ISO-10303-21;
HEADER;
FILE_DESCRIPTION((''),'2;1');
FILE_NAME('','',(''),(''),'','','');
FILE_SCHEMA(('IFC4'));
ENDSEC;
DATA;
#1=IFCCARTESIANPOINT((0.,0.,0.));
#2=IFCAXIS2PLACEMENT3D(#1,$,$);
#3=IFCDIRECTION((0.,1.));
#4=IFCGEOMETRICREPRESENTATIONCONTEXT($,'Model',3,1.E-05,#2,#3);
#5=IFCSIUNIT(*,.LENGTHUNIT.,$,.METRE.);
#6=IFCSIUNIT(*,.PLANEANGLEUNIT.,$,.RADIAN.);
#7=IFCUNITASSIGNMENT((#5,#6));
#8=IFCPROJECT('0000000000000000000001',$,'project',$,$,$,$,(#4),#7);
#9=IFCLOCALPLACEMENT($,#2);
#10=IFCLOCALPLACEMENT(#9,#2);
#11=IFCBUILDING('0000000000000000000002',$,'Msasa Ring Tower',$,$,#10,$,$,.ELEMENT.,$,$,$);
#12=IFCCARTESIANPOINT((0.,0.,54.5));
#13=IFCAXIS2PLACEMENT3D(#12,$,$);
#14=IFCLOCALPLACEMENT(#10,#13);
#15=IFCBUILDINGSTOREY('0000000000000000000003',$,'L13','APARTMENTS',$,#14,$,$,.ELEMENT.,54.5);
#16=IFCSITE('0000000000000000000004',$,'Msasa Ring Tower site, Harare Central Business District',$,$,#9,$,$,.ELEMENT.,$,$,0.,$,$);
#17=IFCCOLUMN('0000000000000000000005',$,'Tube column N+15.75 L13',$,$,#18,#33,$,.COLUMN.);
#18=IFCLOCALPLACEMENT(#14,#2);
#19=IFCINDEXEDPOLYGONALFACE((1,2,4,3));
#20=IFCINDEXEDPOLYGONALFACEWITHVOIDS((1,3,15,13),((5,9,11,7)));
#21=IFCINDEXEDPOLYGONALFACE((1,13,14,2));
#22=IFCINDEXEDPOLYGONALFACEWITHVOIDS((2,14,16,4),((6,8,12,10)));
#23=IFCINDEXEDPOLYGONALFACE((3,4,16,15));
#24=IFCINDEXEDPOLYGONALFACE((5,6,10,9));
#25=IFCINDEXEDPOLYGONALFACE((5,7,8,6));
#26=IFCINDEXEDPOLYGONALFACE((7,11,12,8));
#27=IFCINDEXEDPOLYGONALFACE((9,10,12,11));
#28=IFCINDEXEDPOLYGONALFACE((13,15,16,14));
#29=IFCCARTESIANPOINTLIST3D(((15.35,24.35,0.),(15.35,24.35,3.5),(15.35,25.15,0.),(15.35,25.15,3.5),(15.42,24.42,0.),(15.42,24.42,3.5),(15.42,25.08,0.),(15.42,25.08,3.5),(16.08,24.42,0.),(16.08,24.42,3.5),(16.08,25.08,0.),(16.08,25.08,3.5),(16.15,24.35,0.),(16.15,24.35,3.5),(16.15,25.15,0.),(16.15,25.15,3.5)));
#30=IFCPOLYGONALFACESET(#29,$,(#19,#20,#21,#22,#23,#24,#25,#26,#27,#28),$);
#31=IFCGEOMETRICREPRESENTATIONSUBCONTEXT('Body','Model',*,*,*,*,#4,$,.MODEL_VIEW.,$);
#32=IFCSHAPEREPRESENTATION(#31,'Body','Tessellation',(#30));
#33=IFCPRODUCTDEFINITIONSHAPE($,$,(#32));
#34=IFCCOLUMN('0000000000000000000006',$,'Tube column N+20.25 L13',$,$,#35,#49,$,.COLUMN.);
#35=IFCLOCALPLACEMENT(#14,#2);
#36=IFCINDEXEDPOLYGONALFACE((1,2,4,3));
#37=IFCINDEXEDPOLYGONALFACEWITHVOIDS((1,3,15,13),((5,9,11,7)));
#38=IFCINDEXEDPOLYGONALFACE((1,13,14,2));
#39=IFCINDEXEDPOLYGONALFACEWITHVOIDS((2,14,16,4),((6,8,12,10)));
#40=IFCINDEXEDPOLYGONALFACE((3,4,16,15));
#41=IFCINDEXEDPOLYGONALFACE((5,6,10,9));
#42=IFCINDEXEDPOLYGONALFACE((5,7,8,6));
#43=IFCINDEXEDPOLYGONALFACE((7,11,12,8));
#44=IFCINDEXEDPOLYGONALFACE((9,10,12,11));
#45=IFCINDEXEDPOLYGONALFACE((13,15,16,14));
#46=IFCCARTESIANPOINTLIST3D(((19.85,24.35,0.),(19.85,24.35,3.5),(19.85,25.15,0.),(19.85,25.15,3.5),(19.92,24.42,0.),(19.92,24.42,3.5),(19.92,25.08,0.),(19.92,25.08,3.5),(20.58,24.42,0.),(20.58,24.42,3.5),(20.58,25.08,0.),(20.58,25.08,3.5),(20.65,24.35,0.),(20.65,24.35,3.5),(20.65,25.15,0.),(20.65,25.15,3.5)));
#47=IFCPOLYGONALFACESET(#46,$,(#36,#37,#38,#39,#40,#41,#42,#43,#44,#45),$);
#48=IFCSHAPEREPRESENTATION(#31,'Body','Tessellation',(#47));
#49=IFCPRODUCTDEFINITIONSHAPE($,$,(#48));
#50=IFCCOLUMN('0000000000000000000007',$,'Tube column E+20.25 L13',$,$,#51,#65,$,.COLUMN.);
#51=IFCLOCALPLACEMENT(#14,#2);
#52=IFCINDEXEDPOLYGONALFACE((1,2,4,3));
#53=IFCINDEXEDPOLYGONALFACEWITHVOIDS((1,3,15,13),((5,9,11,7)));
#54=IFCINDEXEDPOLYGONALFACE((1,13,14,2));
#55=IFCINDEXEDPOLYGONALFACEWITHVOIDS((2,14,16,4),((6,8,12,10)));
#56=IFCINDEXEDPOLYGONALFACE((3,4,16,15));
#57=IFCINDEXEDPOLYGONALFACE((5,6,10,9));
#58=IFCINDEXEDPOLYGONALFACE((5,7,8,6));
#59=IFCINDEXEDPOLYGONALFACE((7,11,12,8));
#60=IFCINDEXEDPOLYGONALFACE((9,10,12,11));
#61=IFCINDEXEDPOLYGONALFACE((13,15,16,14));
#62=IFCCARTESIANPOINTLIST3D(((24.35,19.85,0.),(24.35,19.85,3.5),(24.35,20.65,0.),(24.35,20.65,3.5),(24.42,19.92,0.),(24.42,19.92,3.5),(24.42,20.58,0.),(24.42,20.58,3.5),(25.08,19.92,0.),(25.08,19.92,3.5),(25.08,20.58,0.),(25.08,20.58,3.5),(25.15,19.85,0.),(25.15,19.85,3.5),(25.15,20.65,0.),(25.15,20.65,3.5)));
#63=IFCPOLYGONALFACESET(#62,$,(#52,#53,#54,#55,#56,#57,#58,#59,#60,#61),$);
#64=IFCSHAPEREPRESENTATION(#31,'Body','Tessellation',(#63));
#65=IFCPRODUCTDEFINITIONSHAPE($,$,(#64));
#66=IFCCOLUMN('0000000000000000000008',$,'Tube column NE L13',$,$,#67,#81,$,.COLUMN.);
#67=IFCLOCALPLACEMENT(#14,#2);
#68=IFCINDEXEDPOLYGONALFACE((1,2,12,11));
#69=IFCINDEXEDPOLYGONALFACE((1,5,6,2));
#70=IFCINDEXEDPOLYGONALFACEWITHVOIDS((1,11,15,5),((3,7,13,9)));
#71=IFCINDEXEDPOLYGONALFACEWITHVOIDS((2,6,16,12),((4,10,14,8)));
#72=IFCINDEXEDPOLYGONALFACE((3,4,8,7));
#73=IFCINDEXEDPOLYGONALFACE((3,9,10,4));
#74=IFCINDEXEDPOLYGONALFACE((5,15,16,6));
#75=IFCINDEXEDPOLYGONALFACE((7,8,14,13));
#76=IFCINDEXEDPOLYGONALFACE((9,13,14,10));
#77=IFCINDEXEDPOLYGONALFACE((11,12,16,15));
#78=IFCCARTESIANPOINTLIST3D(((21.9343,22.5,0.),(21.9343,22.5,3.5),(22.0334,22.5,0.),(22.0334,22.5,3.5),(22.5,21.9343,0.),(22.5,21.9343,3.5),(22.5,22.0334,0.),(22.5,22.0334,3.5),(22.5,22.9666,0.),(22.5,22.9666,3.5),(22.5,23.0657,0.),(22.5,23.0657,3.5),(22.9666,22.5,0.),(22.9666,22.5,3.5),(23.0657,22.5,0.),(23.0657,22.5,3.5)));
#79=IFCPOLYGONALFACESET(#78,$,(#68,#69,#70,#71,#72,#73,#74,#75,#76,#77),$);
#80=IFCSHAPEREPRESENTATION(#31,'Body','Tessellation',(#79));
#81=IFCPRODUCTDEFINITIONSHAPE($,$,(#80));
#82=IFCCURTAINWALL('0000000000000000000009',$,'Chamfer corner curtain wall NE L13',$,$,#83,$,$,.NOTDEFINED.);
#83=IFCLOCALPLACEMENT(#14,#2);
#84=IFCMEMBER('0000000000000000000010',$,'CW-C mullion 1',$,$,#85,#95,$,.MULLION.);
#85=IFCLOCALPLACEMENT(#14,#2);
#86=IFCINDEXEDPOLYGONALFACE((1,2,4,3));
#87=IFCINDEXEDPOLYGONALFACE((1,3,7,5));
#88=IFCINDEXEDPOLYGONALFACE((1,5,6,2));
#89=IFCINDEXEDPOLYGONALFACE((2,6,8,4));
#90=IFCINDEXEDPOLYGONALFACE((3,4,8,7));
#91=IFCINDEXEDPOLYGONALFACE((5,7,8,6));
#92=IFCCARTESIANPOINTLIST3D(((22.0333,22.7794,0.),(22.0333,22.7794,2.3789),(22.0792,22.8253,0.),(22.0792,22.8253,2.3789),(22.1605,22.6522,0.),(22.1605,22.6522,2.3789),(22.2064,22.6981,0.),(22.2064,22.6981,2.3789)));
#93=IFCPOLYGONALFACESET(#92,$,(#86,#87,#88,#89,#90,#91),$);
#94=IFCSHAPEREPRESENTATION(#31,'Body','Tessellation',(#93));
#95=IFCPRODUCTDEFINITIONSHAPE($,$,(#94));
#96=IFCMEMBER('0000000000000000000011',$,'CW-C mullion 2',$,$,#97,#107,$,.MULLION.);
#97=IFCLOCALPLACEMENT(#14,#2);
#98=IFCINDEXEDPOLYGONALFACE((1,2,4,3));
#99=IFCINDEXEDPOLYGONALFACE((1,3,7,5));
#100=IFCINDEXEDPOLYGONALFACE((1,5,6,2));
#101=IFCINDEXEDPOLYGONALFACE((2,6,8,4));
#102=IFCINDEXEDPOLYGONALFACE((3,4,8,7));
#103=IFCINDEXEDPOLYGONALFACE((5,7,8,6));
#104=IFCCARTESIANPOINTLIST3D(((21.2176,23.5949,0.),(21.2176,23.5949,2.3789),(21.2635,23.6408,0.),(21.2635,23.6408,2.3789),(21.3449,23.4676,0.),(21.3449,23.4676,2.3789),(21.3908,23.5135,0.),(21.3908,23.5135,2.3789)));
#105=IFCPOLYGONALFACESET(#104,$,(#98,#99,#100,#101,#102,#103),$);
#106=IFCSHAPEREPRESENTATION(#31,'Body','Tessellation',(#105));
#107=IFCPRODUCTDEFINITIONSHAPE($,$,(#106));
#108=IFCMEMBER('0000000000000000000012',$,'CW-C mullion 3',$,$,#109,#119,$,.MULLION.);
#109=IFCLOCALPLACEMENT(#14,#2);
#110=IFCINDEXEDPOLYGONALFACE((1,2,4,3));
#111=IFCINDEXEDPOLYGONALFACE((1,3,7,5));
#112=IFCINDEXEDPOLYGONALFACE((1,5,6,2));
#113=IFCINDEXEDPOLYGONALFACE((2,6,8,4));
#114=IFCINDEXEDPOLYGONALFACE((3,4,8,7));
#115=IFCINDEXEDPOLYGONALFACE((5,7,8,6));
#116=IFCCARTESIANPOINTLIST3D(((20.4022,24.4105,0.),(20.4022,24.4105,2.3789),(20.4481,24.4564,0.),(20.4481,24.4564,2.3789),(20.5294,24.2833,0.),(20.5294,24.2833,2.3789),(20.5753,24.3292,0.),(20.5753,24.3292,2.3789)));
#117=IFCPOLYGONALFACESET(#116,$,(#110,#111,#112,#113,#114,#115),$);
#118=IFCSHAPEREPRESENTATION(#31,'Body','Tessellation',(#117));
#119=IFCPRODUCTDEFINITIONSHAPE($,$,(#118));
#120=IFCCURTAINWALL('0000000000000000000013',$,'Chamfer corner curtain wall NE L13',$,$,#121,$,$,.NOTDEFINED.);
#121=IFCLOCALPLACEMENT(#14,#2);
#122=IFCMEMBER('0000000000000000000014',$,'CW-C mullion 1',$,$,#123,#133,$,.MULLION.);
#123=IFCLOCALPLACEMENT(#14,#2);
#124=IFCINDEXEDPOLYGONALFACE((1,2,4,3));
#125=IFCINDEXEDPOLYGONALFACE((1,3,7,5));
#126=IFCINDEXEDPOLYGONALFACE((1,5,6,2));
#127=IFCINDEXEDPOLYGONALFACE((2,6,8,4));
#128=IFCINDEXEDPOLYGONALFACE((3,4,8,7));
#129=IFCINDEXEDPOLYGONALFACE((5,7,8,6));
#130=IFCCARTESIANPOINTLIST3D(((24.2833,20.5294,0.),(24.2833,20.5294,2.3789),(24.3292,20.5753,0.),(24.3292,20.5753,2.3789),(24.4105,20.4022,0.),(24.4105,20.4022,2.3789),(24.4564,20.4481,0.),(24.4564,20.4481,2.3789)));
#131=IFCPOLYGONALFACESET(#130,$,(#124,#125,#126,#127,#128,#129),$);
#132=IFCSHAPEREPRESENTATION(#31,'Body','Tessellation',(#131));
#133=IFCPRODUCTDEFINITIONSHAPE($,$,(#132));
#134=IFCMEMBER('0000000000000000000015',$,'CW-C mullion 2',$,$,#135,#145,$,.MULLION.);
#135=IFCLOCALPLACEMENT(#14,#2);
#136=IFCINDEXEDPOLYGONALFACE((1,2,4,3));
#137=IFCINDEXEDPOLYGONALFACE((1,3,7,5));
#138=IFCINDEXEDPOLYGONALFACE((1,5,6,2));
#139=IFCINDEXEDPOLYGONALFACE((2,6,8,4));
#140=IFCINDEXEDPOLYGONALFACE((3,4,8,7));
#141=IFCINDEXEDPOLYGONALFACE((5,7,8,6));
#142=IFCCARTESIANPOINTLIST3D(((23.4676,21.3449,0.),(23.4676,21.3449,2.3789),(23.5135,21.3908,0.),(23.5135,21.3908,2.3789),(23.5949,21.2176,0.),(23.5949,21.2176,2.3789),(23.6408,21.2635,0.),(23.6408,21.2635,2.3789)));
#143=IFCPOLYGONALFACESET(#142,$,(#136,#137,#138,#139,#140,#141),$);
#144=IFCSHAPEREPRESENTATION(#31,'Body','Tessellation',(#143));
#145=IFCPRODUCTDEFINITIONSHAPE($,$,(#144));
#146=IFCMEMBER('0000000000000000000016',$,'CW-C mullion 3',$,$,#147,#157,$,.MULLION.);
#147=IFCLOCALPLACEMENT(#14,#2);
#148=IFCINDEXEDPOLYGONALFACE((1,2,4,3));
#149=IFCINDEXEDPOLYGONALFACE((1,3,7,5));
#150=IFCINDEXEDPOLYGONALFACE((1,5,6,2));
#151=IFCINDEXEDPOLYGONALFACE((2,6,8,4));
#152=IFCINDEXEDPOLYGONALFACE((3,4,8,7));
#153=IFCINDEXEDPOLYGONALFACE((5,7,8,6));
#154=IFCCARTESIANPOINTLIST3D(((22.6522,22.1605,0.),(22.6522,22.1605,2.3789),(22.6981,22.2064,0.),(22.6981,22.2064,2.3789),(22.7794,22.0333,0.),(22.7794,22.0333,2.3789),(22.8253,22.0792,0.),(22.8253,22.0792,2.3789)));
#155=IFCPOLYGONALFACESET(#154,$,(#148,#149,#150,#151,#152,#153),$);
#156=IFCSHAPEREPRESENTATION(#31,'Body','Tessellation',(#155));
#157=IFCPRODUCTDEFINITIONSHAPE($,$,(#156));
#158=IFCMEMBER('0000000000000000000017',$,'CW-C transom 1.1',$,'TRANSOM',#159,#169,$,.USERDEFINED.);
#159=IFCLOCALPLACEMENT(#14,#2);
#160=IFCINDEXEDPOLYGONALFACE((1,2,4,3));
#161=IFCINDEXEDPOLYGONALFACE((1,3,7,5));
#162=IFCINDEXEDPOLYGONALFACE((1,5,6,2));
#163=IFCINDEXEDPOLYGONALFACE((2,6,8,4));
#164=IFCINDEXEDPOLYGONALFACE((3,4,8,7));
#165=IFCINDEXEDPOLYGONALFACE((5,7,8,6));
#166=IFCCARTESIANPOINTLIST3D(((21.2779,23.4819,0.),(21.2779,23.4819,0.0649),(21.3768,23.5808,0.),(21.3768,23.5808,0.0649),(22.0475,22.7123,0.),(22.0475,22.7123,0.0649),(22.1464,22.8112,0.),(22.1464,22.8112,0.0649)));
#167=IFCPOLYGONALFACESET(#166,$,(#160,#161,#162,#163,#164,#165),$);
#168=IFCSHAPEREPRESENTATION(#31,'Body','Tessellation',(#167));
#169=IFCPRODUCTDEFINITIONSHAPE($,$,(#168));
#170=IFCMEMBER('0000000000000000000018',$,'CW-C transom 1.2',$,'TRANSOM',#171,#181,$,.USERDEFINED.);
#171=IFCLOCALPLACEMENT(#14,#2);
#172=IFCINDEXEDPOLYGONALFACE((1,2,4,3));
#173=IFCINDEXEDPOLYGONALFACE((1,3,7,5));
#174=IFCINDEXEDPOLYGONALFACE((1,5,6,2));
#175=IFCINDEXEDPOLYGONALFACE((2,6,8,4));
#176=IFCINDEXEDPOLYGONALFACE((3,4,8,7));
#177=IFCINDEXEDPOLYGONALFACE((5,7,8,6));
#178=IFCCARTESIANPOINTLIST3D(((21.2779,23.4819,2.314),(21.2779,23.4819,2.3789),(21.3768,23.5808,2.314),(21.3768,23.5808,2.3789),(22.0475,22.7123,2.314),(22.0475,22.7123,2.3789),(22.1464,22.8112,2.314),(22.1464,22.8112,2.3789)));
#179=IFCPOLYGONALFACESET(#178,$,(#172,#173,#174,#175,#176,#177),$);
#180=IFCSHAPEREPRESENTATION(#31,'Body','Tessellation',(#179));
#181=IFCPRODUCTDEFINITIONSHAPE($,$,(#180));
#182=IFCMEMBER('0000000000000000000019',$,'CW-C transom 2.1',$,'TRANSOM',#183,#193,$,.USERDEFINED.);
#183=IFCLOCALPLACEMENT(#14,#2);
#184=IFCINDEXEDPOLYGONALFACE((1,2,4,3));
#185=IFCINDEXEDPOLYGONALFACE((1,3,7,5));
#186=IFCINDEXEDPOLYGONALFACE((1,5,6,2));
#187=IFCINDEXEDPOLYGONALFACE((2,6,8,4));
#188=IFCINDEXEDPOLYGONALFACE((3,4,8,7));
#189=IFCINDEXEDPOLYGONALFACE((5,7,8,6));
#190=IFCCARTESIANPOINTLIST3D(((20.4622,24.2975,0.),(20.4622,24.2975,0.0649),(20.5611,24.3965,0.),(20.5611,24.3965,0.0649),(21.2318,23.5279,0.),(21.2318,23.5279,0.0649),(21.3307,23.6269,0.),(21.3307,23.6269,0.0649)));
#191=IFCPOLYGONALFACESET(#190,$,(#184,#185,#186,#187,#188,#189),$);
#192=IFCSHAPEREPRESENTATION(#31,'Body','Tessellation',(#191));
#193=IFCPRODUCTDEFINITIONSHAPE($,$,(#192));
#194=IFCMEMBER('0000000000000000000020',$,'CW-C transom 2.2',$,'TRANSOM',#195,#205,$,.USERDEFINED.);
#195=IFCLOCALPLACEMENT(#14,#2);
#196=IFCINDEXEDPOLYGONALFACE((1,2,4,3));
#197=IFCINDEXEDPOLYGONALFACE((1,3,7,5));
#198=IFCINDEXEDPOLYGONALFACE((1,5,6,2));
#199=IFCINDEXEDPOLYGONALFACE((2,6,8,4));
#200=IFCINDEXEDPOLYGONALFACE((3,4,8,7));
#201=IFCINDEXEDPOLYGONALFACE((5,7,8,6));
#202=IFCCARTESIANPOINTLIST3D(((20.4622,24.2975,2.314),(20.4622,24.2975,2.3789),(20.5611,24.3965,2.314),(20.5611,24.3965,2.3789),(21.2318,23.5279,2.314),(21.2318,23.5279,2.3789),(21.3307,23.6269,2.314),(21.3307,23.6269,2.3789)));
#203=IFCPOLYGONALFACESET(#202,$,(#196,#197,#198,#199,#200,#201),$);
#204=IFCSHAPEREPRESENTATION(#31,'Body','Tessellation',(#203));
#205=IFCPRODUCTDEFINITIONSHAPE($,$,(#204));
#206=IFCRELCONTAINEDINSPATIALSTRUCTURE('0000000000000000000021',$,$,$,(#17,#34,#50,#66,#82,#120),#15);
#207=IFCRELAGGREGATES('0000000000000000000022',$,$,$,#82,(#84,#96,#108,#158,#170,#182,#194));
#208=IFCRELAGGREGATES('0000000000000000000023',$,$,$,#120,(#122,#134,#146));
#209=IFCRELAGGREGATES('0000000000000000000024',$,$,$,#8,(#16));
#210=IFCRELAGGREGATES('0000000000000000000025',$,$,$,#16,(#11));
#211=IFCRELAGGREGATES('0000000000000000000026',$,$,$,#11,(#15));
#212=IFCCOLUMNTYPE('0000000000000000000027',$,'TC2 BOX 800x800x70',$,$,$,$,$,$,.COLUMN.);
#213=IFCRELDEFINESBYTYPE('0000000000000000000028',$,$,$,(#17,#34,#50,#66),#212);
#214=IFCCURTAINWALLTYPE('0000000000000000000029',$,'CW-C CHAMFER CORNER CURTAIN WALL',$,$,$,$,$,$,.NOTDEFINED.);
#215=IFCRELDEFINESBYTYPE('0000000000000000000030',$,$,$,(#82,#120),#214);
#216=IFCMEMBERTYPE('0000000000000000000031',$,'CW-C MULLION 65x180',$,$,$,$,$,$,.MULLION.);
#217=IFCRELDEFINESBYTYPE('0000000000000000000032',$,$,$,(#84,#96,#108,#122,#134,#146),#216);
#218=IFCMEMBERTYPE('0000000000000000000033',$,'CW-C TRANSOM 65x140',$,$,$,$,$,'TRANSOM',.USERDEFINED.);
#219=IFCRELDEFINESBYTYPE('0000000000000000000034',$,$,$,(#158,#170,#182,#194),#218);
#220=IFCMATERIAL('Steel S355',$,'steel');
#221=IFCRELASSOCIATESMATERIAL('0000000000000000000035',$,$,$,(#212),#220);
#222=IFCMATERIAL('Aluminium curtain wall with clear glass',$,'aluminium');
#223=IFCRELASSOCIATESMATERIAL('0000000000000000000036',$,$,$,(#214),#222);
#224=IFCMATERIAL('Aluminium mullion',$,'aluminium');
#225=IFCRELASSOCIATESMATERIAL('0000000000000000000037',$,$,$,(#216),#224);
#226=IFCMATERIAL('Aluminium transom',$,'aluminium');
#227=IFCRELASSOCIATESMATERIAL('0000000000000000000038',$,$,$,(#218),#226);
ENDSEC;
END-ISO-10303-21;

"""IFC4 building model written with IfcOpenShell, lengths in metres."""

from ifc_helpers import new_model, si_unit, direction, frame, origin, origin_2d, place, context, subcontext, project, spatial, rectangle, hollow_rectangle, extrude, material, material_profile, profile_set, type_object, element, aggregate, save


model = new_model("IFC4")

# Units and contexts
model_context = context("Model", 3, precision=1e-05, world=origin(), true_north=direction((0.0, 1.0)))
body_context = subcontext(model_context, "Body", "Model", "MODEL_VIEW")
ifc_project = project(units=[si_unit("LENGTHUNIT", "METRE"), si_unit("PLANEANGLEUNIT", "RADIAN")], contexts=[model_context])

# Site, building, storey
site_placement = place(None, origin())
site = spatial("IfcSite", under=ifc_project, at=site_placement, Name="Msasa Ring Tower site, Harare Central Business District", CompositionType="ELEMENT", RefElevation=0.0)
building_placement = place(site_placement, origin())
building = spatial("IfcBuilding", under=site, at=building_placement, Name="Msasa Ring Tower", CompositionType="ELEMENT")
storey_placement = place(building_placement, frame((0.0, 0.0, 54.5)))
storey = spatial("IfcBuildingStorey", under=building, at=storey_placement, Name="L13", Description="APARTMENTS", CompositionType="ELEMENT", Elevation=54.5)

# Columns
ifc_material_1 = material(Name="Steel S355", Category="steel")
ifc_material_profile_1 = material_profile(ifc_material_1, hollow_rectangle(XDim=0.8, YDim=0.8, WallThickness=0.0701, at=origin_2d()), Name="BOX 800x800x70")
ifc_profile_set_1 = profile_set([ifc_material_profile_1], Name="Steel S355")
column_type = type_object("IfcColumnType", Name="TC2 BOX 800x800x70", PredefinedType="COLUMN", material=ifc_profile_set_1)
for number, where, z_axis, x_axis, name in (
    (1, (15.75, 24.75, 0.0), (0.0, 0.0, 1.0), (0.0, 1.0, 0.0), "Tube column N+15.75 L13"),
    (2, (20.25, 24.75, 0.0), (0.0, 0.0, 1.0), (0.0, 1.0, 0.0), "Tube column N+20.25 L13"),
    (3, (24.75, 20.25, 0.0), (0.0, 0.0, 1.0), (1.0, 0.0, 0.0), "Tube column E+20.25 L13"),
    (4, (22.5, 22.5, 0.0), (0.0, 0.0, 1.0), (0.707107, 0.707107, 0.0), "Tube column NE L13"),
):
    element("IfcColumn", number, at=place(storey_placement, frame(where, z_axis=z_axis, x_axis=x_axis)), inside=storey, type_object=column_type, Name=name, PredefinedType="COLUMN", context=body_context, shape_type="SweptSolid", body=[
        extrude(hollow_rectangle(XDim=0.8, YDim=0.8, WallThickness=0.0701, at=origin_2d()), origin(), (0.0, 0.0, 1.0), 3.5),
    ])

# Curtain walls, members
ifc_material_2 = material(Name="Aluminium curtain wall with clear glass", Category="aluminium")
curtain_wall_type = type_object("IfcCurtainWallType", Name="CW-C CHAMFER CORNER CURTAIN WALL", PredefinedType="NOTDEFINED", material=ifc_material_2)
curtain_wall_1_placement = place(storey_placement, origin())
curtain_wall_1 = element("IfcCurtainWall", 5, at=curtain_wall_1_placement, inside=storey, type_object=curtain_wall_type, Name="Chamfer corner curtain wall NE L13", PredefinedType="NOTDEFINED")
ifc_material_3 = material(Name="Aluminium mullion", Category="aluminium")
ifc_material_profile_2 = material_profile(ifc_material_3, rectangle(XDim=0.0649, YDim=0.1799, at=origin_2d()), Name="AL 65x180")
ifc_profile_set_2 = profile_set([ifc_material_profile_2], Name="Aluminium mullion")
member_type_1 = type_object("IfcMemberType", Name="CW-C MULLION 65x180", PredefinedType="MULLION", material=ifc_profile_set_2)
member_1_placement = place(storey_placement, frame((22.1199, 22.7388, 0.0), z_axis=(0.0, 0.0, 1.0), x_axis=(-0.707107, -0.707107, 0.0)))
member_1 = element("IfcMember", 6, at=member_1_placement, type_object=member_type_1, Name="CW-C mullion 1", PredefinedType="MULLION", context=body_context, shape_type="SweptSolid", body=[
    extrude(rectangle(XDim=0.0649, YDim=0.1799, at=origin_2d()), origin(), (0.0, 0.0, 1.0), 2.3789),
])
member_2_placement = place(storey_placement, frame((21.3042, 23.5542, 0.0), z_axis=(0.0, 0.0, 1.0), x_axis=(-0.707107, -0.707107, 0.0)))
member_2 = element("IfcMember", 7, at=member_2_placement, type_object=member_type_1, Name="CW-C mullion 2", PredefinedType="MULLION", context=body_context, shape_type="SweptSolid", body=[
    extrude(rectangle(XDim=0.0649, YDim=0.1799, at=origin_2d()), origin(), (0.0, 0.0, 1.0), 2.3789),
])
member_3_placement = place(storey_placement, frame((20.4888, 24.3699, 0.0), z_axis=(0.0, 0.0, 1.0), x_axis=(-0.707107, -0.707107, 0.0)))
member_3 = element("IfcMember", 8, at=member_3_placement, type_object=member_type_1, Name="CW-C mullion 3", PredefinedType="MULLION", context=body_context, shape_type="SweptSolid", body=[
    extrude(rectangle(XDim=0.0649, YDim=0.1799, at=origin_2d()), origin(), (0.0, 0.0, 1.0), 2.3789),
])
curtain_wall_2_placement = place(storey_placement, origin())
curtain_wall_2 = element("IfcCurtainWall", 9, at=curtain_wall_2_placement, inside=storey, type_object=curtain_wall_type, Name="Chamfer corner curtain wall NE L13", PredefinedType="NOTDEFINED")
member_4_placement = place(storey_placement, frame((24.3699, 20.4888, 0.0), z_axis=(0.0, 0.0, 1.0), x_axis=(-0.707107, -0.707107, 0.0)))
member_4 = element("IfcMember", 10, at=member_4_placement, type_object=member_type_1, Name="CW-C mullion 1", PredefinedType="MULLION", context=body_context, shape_type="SweptSolid", body=[
    extrude(rectangle(XDim=0.0649, YDim=0.1799, at=origin_2d()), origin(), (0.0, 0.0, 1.0), 2.3789),
])
member_5_placement = place(storey_placement, frame((23.5542, 21.3042, 0.0), z_axis=(0.0, 0.0, 1.0), x_axis=(-0.707107, -0.707107, 0.0)))
member_5 = element("IfcMember", 11, at=member_5_placement, type_object=member_type_1, Name="CW-C mullion 2", PredefinedType="MULLION", context=body_context, shape_type="SweptSolid", body=[
    extrude(rectangle(XDim=0.0649, YDim=0.1799, at=origin_2d()), origin(), (0.0, 0.0, 1.0), 2.3789),
])
member_6_placement = place(storey_placement, frame((22.7388, 22.1199, 0.0), z_axis=(0.0, 0.0, 1.0), x_axis=(-0.707107, -0.707107, 0.0)))
member_6 = element("IfcMember", 12, at=member_6_placement, type_object=member_type_1, Name="CW-C mullion 3", PredefinedType="MULLION", context=body_context, shape_type="SweptSolid", body=[
    extrude(rectangle(XDim=0.0649, YDim=0.1799, at=origin_2d()), origin(), (0.0, 0.0, 1.0), 2.3789),
])

# Members
ifc_material_4 = material(Name="Aluminium transom", Category="aluminium")
ifc_material_profile_3 = material_profile(ifc_material_4, rectangle(XDim=0.1399, YDim=0.0649, at=origin_2d()), Name="AL 65x140")
ifc_profile_set_3 = profile_set([ifc_material_profile_3], Name="Aluminium transom")
member_type_2 = type_object("IfcMemberType", Name="CW-C TRANSOM 65x140", ElementType="TRANSOM", PredefinedType="USERDEFINED", material=ifc_profile_set_3)
member_7_placement = place(storey_placement, frame((22.0969, 22.7617, 0.0325), z_axis=(-0.707107, 0.707107, 0.0), x_axis=(-0.707107, -0.707107, 0.0)))
member_7 = element("IfcMember", 13, at=member_7_placement, type_object=member_type_2, Name="CW-C transom 1.1", ObjectType="TRANSOM", PredefinedType="USERDEFINED", context=body_context, shape_type="SweptSolid", body=[
    extrude(rectangle(XDim=0.1399, YDim=0.0649, at=origin_2d()), origin(), (0.0, 0.0, 1.0), 1.0884),
])
member_8_placement = place(storey_placement, frame((22.0969, 22.7617, 2.3464), z_axis=(-0.707107, 0.707107, 0.0), x_axis=(-0.707107, -0.707107, 0.0)))
member_8 = element("IfcMember", 14, at=member_8_placement, type_object=member_type_2, Name="CW-C transom 1.2", ObjectType="TRANSOM", PredefinedType="USERDEFINED", context=body_context, shape_type="SweptSolid", body=[
    extrude(rectangle(XDim=0.1399, YDim=0.0649, at=origin_2d()), origin(), (0.0, 0.0, 1.0), 1.0884),
])
member_9_placement = place(storey_placement, frame((21.2812, 23.5774, 0.0325), z_axis=(-0.707107, 0.707107, 0.0), x_axis=(-0.707107, -0.707107, 0.0)))
member_9 = element("IfcMember", 15, at=member_9_placement, type_object=member_type_2, Name="CW-C transom 2.1", ObjectType="TRANSOM", PredefinedType="USERDEFINED", context=body_context, shape_type="SweptSolid", body=[
    extrude(rectangle(XDim=0.1399, YDim=0.0649, at=origin_2d()), origin(), (0.0, 0.0, 1.0), 1.0884),
])
member_10_placement = place(storey_placement, frame((21.2812, 23.5774, 2.3464), z_axis=(-0.707107, 0.707107, 0.0), x_axis=(-0.707107, -0.707107, 0.0)))
member_10 = element("IfcMember", 16, at=member_10_placement, type_object=member_type_2, Name="CW-C transom 2.2", ObjectType="TRANSOM", PredefinedType="USERDEFINED", context=body_context, shape_type="SweptSolid", body=[
    extrude(rectangle(XDim=0.1399, YDim=0.0649, at=origin_2d()), origin(), (0.0, 0.0, 1.0), 1.0884),
])

aggregate(curtain_wall_1, [member_1, member_2, member_3, member_7, member_8, member_9, member_10])
aggregate(curtain_wall_2, [member_4, member_5, member_6])

save(model, "model.ifc")
